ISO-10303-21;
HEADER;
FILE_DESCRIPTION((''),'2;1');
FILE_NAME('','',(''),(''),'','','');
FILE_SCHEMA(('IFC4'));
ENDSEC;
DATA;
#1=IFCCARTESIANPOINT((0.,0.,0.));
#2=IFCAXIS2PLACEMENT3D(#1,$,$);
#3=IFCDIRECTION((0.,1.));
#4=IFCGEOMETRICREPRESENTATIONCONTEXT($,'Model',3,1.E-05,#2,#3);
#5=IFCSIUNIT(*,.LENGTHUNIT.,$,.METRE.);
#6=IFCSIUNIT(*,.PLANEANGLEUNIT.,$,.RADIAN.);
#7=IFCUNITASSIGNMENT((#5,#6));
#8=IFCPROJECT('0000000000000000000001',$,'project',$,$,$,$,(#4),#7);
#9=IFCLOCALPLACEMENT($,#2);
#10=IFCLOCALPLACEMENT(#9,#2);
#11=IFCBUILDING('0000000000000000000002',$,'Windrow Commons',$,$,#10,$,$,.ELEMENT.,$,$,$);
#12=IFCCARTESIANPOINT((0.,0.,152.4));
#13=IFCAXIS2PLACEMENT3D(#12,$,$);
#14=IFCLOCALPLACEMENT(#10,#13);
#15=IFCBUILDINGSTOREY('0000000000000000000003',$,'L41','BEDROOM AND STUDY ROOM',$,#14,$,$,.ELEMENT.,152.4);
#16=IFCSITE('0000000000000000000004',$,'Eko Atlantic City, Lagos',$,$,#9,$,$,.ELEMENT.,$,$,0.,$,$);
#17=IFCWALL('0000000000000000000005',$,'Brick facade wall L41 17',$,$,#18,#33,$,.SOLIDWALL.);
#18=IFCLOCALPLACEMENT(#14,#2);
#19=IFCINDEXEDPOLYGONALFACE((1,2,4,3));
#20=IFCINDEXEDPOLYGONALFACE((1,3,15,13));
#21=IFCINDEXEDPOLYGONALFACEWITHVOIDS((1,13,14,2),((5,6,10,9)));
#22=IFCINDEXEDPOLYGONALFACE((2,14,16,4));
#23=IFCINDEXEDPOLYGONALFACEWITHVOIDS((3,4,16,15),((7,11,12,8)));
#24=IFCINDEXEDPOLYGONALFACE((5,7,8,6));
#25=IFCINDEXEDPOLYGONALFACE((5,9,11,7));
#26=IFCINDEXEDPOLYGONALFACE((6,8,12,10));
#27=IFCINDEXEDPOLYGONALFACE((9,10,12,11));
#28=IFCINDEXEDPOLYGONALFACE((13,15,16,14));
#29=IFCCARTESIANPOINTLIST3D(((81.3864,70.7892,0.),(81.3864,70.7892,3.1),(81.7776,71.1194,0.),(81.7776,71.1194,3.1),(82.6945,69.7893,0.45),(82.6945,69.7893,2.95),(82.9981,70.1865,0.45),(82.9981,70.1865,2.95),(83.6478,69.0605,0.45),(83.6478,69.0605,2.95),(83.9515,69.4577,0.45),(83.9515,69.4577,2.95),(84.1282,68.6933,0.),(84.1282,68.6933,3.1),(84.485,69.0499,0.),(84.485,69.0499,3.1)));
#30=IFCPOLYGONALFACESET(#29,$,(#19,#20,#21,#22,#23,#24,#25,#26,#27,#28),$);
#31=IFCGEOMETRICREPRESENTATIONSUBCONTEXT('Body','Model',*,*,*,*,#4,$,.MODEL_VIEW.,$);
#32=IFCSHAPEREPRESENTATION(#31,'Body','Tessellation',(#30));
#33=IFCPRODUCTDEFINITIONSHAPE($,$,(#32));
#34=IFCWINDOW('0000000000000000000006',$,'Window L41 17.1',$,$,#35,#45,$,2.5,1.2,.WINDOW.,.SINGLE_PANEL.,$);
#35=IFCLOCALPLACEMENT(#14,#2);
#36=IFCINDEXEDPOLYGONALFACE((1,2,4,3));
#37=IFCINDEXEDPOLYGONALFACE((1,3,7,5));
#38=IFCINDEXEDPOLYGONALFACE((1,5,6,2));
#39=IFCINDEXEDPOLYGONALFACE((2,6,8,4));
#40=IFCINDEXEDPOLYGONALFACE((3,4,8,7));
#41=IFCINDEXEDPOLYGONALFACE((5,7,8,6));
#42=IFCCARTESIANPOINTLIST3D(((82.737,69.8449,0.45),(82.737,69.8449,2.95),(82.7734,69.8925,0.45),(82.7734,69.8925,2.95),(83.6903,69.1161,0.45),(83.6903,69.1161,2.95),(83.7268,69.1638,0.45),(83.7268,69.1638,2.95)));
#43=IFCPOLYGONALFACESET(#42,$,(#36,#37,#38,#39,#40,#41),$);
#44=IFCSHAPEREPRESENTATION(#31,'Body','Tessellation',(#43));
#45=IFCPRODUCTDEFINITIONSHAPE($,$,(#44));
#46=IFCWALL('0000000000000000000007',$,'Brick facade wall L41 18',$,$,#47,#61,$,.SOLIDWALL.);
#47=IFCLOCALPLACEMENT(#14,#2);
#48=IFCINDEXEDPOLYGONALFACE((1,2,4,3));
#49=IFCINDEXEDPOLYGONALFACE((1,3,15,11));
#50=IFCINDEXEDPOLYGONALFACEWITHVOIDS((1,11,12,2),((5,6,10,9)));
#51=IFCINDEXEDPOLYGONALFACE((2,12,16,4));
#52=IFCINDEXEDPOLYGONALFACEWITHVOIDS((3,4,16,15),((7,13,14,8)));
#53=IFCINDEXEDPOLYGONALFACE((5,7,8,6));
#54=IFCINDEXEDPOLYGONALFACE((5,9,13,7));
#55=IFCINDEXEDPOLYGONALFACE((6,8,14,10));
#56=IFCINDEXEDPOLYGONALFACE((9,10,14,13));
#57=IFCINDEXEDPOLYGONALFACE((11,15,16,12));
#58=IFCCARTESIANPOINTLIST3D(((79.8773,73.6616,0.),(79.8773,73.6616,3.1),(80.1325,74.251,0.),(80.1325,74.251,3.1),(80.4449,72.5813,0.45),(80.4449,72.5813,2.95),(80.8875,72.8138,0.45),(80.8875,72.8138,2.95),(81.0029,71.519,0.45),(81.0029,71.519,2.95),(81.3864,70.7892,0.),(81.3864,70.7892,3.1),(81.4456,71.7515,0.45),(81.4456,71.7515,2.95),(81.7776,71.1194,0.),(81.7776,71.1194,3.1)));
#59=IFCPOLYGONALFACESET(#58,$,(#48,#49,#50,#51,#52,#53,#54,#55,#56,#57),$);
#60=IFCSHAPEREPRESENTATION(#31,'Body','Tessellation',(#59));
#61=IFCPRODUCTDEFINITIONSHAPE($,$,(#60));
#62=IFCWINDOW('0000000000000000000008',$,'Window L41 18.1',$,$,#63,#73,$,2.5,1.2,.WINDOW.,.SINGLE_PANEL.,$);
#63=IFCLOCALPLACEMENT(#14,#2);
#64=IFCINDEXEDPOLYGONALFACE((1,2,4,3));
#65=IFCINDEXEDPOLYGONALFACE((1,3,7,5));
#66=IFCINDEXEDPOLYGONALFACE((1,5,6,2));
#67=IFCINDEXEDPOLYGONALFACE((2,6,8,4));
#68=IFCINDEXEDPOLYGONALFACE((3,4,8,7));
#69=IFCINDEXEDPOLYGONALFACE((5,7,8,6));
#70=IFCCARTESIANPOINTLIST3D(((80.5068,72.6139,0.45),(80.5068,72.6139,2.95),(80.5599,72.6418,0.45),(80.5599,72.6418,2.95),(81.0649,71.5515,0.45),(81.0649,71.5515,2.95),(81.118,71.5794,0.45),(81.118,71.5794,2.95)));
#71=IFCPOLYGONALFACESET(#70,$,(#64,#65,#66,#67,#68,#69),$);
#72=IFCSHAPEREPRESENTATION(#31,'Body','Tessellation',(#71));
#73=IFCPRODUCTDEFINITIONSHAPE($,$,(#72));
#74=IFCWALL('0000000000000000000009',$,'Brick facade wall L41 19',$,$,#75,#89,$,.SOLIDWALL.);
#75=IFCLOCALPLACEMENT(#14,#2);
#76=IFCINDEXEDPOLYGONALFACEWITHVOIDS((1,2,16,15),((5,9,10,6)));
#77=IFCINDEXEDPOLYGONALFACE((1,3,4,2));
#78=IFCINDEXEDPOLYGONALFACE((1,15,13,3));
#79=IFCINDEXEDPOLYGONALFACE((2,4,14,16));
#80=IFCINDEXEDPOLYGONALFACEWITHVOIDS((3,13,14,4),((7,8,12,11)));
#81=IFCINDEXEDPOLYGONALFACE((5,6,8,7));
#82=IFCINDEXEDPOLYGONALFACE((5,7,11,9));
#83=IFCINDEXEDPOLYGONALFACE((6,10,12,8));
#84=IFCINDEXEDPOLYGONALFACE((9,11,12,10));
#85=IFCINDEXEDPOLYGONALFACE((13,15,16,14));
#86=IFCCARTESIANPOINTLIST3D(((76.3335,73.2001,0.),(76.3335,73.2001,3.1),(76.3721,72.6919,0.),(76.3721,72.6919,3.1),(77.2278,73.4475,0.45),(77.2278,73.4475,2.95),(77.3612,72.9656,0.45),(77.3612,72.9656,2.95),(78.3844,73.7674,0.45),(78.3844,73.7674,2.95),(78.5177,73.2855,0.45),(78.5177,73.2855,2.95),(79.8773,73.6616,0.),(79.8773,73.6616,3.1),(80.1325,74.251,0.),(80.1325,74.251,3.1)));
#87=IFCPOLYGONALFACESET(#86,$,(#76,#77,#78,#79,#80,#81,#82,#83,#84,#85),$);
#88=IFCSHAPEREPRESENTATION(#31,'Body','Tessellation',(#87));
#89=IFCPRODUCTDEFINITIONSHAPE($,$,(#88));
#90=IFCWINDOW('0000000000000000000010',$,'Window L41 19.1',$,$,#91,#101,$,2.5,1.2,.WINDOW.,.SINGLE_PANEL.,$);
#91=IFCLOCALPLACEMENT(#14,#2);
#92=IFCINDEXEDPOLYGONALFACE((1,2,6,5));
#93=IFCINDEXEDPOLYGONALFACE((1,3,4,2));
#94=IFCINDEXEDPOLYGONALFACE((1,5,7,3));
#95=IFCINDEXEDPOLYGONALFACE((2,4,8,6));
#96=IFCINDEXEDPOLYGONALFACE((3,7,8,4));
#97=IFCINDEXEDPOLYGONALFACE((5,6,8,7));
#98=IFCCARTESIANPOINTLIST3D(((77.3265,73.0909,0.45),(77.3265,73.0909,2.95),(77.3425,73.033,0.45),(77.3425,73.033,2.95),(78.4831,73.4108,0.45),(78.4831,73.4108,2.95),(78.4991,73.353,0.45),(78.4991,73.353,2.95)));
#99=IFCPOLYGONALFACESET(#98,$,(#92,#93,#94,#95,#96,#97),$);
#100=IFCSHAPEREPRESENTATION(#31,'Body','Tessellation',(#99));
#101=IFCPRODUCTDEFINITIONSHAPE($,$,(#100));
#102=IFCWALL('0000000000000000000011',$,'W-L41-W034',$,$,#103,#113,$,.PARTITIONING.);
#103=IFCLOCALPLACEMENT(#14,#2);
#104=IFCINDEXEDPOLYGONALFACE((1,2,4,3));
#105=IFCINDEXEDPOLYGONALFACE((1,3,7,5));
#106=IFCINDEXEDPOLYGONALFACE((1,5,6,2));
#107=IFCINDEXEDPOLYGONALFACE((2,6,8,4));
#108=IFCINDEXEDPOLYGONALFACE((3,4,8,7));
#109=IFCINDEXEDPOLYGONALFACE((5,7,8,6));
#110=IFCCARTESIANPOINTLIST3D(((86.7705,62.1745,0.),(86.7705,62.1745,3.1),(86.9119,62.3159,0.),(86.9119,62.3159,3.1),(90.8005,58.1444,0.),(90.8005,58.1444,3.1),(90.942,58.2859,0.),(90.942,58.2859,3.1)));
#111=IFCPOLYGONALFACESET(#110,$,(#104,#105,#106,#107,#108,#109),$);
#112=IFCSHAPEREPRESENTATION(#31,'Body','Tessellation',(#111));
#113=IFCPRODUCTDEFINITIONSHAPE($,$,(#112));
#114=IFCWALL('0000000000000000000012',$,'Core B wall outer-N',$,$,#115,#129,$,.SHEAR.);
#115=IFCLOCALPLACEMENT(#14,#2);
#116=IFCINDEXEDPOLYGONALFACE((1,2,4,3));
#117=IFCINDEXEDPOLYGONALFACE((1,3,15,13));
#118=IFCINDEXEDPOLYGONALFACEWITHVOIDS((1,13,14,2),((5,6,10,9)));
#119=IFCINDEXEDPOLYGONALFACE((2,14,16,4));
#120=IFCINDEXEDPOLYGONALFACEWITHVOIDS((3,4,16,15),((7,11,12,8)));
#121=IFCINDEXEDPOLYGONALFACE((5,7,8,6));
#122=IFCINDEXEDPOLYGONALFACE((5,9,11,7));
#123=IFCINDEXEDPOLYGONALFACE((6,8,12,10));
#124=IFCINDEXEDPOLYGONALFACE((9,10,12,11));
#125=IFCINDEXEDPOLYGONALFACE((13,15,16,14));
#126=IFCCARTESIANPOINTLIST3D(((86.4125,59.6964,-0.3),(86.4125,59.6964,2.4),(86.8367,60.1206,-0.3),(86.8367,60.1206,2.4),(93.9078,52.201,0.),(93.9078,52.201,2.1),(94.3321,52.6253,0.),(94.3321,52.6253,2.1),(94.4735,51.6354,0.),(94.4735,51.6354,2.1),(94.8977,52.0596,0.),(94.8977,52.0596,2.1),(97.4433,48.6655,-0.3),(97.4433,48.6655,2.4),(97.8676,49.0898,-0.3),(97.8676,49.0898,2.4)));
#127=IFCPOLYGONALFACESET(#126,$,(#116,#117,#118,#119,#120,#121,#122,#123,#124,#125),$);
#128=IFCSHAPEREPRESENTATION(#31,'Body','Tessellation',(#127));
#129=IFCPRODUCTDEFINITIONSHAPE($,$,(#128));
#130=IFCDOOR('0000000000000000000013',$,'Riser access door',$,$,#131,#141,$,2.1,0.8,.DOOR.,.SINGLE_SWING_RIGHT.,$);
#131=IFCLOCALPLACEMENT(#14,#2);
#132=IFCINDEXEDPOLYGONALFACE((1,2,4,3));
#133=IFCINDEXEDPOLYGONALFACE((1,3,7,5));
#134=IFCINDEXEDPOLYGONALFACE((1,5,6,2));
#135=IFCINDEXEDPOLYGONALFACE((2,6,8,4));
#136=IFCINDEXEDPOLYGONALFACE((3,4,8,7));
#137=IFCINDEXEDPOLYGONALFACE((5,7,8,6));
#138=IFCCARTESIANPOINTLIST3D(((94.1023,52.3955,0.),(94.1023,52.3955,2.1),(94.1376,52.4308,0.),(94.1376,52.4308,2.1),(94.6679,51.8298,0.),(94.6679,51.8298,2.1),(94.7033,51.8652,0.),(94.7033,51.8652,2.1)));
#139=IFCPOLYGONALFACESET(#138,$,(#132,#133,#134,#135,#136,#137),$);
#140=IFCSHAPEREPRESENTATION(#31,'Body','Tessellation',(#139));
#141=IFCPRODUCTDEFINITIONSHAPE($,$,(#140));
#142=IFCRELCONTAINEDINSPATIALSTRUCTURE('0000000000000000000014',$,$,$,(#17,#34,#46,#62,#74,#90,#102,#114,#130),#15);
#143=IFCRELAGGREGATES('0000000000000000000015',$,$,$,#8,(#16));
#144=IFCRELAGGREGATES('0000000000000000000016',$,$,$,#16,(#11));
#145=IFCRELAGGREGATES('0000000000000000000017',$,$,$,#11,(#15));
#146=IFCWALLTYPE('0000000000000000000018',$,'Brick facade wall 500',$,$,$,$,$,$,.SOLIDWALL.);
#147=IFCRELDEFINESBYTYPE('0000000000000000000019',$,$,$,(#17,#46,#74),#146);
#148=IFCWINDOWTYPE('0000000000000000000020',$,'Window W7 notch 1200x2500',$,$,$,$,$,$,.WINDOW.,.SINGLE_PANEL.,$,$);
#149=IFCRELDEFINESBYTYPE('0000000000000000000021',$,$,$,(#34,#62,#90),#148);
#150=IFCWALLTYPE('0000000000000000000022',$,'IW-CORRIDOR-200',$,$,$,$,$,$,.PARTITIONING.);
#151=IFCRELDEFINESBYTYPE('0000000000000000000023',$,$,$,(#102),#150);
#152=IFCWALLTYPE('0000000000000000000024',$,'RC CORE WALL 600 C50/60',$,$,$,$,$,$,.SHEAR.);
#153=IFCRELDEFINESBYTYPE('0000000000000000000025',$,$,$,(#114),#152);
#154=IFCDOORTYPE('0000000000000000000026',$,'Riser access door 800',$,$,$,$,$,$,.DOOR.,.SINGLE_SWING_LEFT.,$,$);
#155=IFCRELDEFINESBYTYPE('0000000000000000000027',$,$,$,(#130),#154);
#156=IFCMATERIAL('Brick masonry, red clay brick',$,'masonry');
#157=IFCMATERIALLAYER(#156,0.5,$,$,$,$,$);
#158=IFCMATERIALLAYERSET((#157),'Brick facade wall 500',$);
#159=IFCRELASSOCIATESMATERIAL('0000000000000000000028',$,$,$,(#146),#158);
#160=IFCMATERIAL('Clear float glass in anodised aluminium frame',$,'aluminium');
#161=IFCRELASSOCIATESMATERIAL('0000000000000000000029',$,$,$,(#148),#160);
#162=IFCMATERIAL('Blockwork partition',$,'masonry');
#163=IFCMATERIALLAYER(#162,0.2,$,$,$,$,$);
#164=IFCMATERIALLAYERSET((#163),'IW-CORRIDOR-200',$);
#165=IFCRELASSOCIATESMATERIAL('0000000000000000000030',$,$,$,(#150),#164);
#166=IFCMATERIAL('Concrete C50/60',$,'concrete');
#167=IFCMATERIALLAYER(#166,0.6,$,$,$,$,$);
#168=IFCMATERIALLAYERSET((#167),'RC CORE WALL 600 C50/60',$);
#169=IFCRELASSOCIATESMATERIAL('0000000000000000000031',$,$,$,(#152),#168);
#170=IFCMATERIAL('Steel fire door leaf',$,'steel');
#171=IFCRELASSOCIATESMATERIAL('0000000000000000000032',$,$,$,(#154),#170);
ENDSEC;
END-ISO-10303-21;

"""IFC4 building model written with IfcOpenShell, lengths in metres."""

from ifc_helpers import new_model, si_unit, direction, frame, frame_2d, origin, place, context, subcontext, project, spatial, polyline, rectangle, outline, extrude, material, layer, layer_set, type_object, element, fill, save


model = new_model("IFC4")

# Units and contexts
model_context = context("Model", 3, precision=1e-05, world=origin(), true_north=direction((0.0, 1.0)))
body_context = subcontext(model_context, "Body", "Model", "MODEL_VIEW")
ifc_project = project(units=[si_unit("LENGTHUNIT", "METRE"), si_unit("PLANEANGLEUNIT", "RADIAN")], contexts=[model_context])

# Site, building, storey
site_placement = place(None, origin())
site = spatial("IfcSite", under=ifc_project, at=site_placement, Name="Eko Atlantic City, Lagos", CompositionType="ELEMENT", RefElevation=0.0)
building_placement = place(site_placement, origin())
building = spatial("IfcBuilding", under=site, at=building_placement, Name="Windrow Commons", CompositionType="ELEMENT")
storey_placement = place(building_placement, frame((0.0, 0.0, 152.4)))
storey = spatial("IfcBuildingStorey", under=building, at=storey_placement, Name="L41", Description="BEDROOM AND STUDY ROOM", CompositionType="ELEMENT", Elevation=152.4)

# Shared definitions
ifc_material_1 = material(Name="Brick masonry, red clay brick", Category="masonry")
ifc_layer_1 = layer(ifc_material_1, 0.5)
ifc_layer_set_1 = layer_set([ifc_layer_1], Name="Brick facade wall 500")
wall_type_1 = type_object("IfcWallType", Name="Brick facade wall 500", PredefinedType="SOLIDWALL", material=ifc_layer_set_1)
ifc_material_2 = material(Name="Clear float glass in anodised aluminium frame", Category="aluminium")
window_type_1 = type_object("IfcWindowType", Name="Window W7 notch 1200x2500", PartitioningType="SINGLE_PANEL", PredefinedType="WINDOW", material=ifc_material_2)

# Walls, openings, windows
wall_1_placement = place(storey_placement, frame((84.3066, 68.8716, 0.0), z_axis=(0.0, 0.0, 1.0), x_axis=(-0.794473, 0.6073, 0.0)))
wall_1 = element("IfcWall", 1, at=wall_1_placement, inside=storey, type_object=wall_type_1, Name="Brick facade wall L41 17", PredefinedType="SOLIDWALL", context=body_context, shape_type="SweptSolid", body=[
    extrude(outline(polyline([(-0.0334, -0.25), (3.3743, -0.25), (3.4846, 0.25), (0.0334, 0.25), (-0.0334, -0.25)])), origin(), (0.0, 0.0, 1.0), 3.1),
])
opening_1_placement = place(wall_1_placement, frame((0.6381, 0.0, 0.45)))
opening_1 = element("IfcOpeningElement", 2, at=opening_1_placement, cuts=wall_1, PredefinedType="OPENING", context=body_context, shape_type="SweptSolid", body=[
    extrude(rectangle(XDim=1.2, YDim=2.5, at=frame_2d((0.6, 1.25))), frame((0.0, 0.26, 0.0), z_axis=(0.0, -1.0, 0.0), x_axis=(1.0, 0.0, 0.0)), (0.0, 0.0, 1.0), 0.52),
])
window_1_placement = place(opening_1_placement, origin())
window_1 = element("IfcWindow", 3, at=window_1_placement, inside=storey, type_object=window_type_1, Name="Window L41 17.1", OverallHeight=2.5, OverallWidth=1.2, PartitioningType="SINGLE_PANEL", PredefinedType="WINDOW", context=body_context, shape_type="SweptSolid", body=[
    extrude(rectangle(XDim=1.2, YDim=2.5, at=frame_2d((0.6, 1.25))), frame((0.0, 0.18, 0.0), z_axis=(0.0, -1.0, 0.0), x_axis=(1.0, 0.0, 0.0)), (0.0, 0.0, 1.0), 0.06),
])
fill(opening_1, window_1)
wall_2_placement = place(storey_placement, frame((81.582, 70.9543, 0.0), z_axis=(0.0, 0.0, 1.0), x_axis=(-0.465077, 0.88527, 0.0)))
wall_2 = element("IfcWall", 4, at=wall_2_placement, inside=storey, type_object=wall_type_1, Name="Brick facade wall L41 18", PredefinedType="SOLIDWALL", context=body_context, shape_type="SweptSolid", body=[
    extrude(outline(polyline([(0.0552, -0.25), (3.5926, -0.25), (3.1895, 0.25), (-0.0552, 0.25), (0.0552, -0.25)])), origin(), (0.0, 0.0, 1.0), 3.1),
])
opening_2_placement = place(wall_2_placement, frame((0.7692, 0.0, 0.45)))
opening_2 = element("IfcOpeningElement", 5, at=opening_2_placement, cuts=wall_2, PredefinedType="OPENING", context=body_context, shape_type="SweptSolid", body=[
    extrude(rectangle(XDim=1.2, YDim=2.5, at=frame_2d((0.6, 1.25))), frame((0.0, 0.26, 0.0), z_axis=(0.0, -1.0, 0.0), x_axis=(1.0, 0.0, 0.0)), (0.0, 0.0, 1.0), 0.52),
])
window_2_placement = place(opening_2_placement, origin())
window_2 = element("IfcWindow", 6, at=window_2_placement, inside=storey, type_object=window_type_1, Name="Window L41 18.1", OverallHeight=2.5, OverallWidth=1.2, PartitioningType="SINGLE_PANEL", PredefinedType="WINDOW", context=body_context, shape_type="SweptSolid", body=[
    extrude(rectangle(XDim=1.2, YDim=2.5, at=frame_2d((0.6, 1.25))), frame((0.0, 0.18, 0.0), z_axis=(0.0, -1.0, 0.0), x_axis=(1.0, 0.0, 0.0)), (0.0, 0.0, 1.0), 0.06),
])
fill(opening_2, window_2)
wall_3_placement = place(storey_placement, frame((80.0049, 73.9563, 0.0), z_axis=(0.0, 0.0, 1.0), x_axis=(-0.963801, -0.266622, 0.0)))
wall_3 = element("IfcWall", 7, at=wall_3_placement, inside=storey, type_object=wall_type_1, Name="Brick facade wall L41 19", PredefinedType="SOLIDWALL", context=body_context, shape_type="SweptSolid", body=[
    extrude(outline(polyline([(-0.2015, -0.25), (3.7401, -0.25), (3.8384, 0.25), (0.2015, 0.25), (-0.2015, -0.25)])), origin(), (0.0, 0.0, 1.0), 3.1),
])
opening_3_placement = place(wall_3_placement, frame((1.6122, 0.0, 0.45)))
opening_3 = element("IfcOpeningElement", 8, at=opening_3_placement, cuts=wall_3, PredefinedType="OPENING", context=body_context, shape_type="SweptSolid", body=[
    extrude(rectangle(XDim=1.2, YDim=2.5, at=frame_2d((0.6, 1.25))), frame((0.0, 0.26, 0.0), z_axis=(0.0, -1.0, 0.0), x_axis=(1.0, 0.0, 0.0)), (0.0, 0.0, 1.0), 0.52),
])
window_3_placement = place(opening_3_placement, origin())
window_3 = element("IfcWindow", 9, at=window_3_placement, inside=storey, type_object=window_type_1, Name="Window L41 19.1", OverallHeight=2.5, OverallWidth=1.2, PartitioningType="SINGLE_PANEL", PredefinedType="WINDOW", context=body_context, shape_type="SweptSolid", body=[
    extrude(rectangle(XDim=1.2, YDim=2.5, at=frame_2d((0.6, 1.25))), frame((0.0, 0.18, 0.0), z_axis=(0.0, -1.0, 0.0), x_axis=(1.0, 0.0, 0.0)), (0.0, 0.0, 1.0), 0.06),
])
fill(opening_3, window_3)

# Wall
ifc_material_3 = material(Name="Blockwork partition", Category="masonry")
ifc_layer_2 = layer(ifc_material_3, 0.2)
ifc_layer_set_2 = layer_set([ifc_layer_2], Name="IW-CORRIDOR-200")
wall_type_2 = type_object("IfcWallType", Name="IW-CORRIDOR-200", PredefinedType="PARTITIONING", material=ifc_layer_set_2)
wall_4_placement = place(storey_placement, frame((86.8412, 62.2452, 0.0), z_axis=(0.0, 0.0, 1.0), x_axis=(0.707107, -0.707107, 0.0)))
element("IfcWall", 10, at=wall_4_placement, inside=storey, type_object=wall_type_2, Name="W-L41-W034", PredefinedType="PARTITIONING", context=body_context, shape_type="SweptSolid", body=[
    extrude(rectangle(XDim=5.6993, YDim=0.2, at=frame_2d((2.8497, 0.0))), origin(), (0.0, 0.0, 1.0), 3.1),
])

# Wall, opening, door
ifc_material_4 = material(Name="Concrete C50/60", Category="concrete")
ifc_layer_3 = layer(ifc_material_4, 0.6)
ifc_layer_set_3 = layer_set([ifc_layer_3], Name="RC CORE WALL 600 C50/60")
wall_type_3 = type_object("IfcWallType", Name="RC CORE WALL 600 C50/60", PredefinedType="SHEAR", material=ifc_layer_set_3)
wall_5_placement = place(storey_placement, frame((86.6246, 59.9085, -0.3), z_axis=(0.0, 0.0, 1.0), x_axis=(0.707107, -0.707107, 0.0)))
wall_5 = element("IfcWall", 11, at=wall_5_placement, inside=storey, type_object=wall_type_3, Name="Core B wall outer-N", PredefinedType="SHEAR", context=body_context, shape_type="SweptSolid", body=[
    extrude(rectangle(XDim=15.6, YDim=0.6, at=frame_2d((7.8, 0.0))), origin(), (0.0, 0.0, 1.0), 2.7),
])
opening_4_placement = place(wall_5_placement, frame((10.6, 0.0, 0.3)))
opening_4 = element("IfcOpeningElement", 12, at=opening_4_placement, cuts=wall_5, PredefinedType="OPENING", context=body_context, shape_type="SweptSolid", body=[
    extrude(rectangle(XDim=0.8, YDim=2.1, at=frame_2d((0.4, 1.05))), frame((0.0, 0.31, 0.0), z_axis=(0.0, -1.0, 0.0), x_axis=(1.0, 0.0, 0.0)), (0.0, 0.0, 1.0), 0.62),
])
ifc_material_5 = material(Name="Steel fire door leaf", Category="steel")
door_type = type_object("IfcDoorType", Name="Riser access door 800", OperationType="SINGLE_SWING_LEFT", PredefinedType="DOOR", material=ifc_material_5)
door_placement = place(opening_4_placement, origin())
door = element("IfcDoor", 13, at=door_placement, inside=storey, type_object=door_type, Name="Riser access door", OperationType="SINGLE_SWING_RIGHT", OverallHeight=2.1, OverallWidth=0.8, PredefinedType="DOOR", context=body_context, shape_type="SweptSolid", body=[
    extrude(rectangle(XDim=0.8, YDim=2.1, at=frame_2d((0.4, 1.05))), frame((0.0, 0.025, 0.0), z_axis=(0.0, -1.0, 0.0), x_axis=(1.0, 0.0, 0.0)), (0.0, 0.0, 1.0), 0.05),
])
fill(opening_4, door)

save(model, "model.ifc")
